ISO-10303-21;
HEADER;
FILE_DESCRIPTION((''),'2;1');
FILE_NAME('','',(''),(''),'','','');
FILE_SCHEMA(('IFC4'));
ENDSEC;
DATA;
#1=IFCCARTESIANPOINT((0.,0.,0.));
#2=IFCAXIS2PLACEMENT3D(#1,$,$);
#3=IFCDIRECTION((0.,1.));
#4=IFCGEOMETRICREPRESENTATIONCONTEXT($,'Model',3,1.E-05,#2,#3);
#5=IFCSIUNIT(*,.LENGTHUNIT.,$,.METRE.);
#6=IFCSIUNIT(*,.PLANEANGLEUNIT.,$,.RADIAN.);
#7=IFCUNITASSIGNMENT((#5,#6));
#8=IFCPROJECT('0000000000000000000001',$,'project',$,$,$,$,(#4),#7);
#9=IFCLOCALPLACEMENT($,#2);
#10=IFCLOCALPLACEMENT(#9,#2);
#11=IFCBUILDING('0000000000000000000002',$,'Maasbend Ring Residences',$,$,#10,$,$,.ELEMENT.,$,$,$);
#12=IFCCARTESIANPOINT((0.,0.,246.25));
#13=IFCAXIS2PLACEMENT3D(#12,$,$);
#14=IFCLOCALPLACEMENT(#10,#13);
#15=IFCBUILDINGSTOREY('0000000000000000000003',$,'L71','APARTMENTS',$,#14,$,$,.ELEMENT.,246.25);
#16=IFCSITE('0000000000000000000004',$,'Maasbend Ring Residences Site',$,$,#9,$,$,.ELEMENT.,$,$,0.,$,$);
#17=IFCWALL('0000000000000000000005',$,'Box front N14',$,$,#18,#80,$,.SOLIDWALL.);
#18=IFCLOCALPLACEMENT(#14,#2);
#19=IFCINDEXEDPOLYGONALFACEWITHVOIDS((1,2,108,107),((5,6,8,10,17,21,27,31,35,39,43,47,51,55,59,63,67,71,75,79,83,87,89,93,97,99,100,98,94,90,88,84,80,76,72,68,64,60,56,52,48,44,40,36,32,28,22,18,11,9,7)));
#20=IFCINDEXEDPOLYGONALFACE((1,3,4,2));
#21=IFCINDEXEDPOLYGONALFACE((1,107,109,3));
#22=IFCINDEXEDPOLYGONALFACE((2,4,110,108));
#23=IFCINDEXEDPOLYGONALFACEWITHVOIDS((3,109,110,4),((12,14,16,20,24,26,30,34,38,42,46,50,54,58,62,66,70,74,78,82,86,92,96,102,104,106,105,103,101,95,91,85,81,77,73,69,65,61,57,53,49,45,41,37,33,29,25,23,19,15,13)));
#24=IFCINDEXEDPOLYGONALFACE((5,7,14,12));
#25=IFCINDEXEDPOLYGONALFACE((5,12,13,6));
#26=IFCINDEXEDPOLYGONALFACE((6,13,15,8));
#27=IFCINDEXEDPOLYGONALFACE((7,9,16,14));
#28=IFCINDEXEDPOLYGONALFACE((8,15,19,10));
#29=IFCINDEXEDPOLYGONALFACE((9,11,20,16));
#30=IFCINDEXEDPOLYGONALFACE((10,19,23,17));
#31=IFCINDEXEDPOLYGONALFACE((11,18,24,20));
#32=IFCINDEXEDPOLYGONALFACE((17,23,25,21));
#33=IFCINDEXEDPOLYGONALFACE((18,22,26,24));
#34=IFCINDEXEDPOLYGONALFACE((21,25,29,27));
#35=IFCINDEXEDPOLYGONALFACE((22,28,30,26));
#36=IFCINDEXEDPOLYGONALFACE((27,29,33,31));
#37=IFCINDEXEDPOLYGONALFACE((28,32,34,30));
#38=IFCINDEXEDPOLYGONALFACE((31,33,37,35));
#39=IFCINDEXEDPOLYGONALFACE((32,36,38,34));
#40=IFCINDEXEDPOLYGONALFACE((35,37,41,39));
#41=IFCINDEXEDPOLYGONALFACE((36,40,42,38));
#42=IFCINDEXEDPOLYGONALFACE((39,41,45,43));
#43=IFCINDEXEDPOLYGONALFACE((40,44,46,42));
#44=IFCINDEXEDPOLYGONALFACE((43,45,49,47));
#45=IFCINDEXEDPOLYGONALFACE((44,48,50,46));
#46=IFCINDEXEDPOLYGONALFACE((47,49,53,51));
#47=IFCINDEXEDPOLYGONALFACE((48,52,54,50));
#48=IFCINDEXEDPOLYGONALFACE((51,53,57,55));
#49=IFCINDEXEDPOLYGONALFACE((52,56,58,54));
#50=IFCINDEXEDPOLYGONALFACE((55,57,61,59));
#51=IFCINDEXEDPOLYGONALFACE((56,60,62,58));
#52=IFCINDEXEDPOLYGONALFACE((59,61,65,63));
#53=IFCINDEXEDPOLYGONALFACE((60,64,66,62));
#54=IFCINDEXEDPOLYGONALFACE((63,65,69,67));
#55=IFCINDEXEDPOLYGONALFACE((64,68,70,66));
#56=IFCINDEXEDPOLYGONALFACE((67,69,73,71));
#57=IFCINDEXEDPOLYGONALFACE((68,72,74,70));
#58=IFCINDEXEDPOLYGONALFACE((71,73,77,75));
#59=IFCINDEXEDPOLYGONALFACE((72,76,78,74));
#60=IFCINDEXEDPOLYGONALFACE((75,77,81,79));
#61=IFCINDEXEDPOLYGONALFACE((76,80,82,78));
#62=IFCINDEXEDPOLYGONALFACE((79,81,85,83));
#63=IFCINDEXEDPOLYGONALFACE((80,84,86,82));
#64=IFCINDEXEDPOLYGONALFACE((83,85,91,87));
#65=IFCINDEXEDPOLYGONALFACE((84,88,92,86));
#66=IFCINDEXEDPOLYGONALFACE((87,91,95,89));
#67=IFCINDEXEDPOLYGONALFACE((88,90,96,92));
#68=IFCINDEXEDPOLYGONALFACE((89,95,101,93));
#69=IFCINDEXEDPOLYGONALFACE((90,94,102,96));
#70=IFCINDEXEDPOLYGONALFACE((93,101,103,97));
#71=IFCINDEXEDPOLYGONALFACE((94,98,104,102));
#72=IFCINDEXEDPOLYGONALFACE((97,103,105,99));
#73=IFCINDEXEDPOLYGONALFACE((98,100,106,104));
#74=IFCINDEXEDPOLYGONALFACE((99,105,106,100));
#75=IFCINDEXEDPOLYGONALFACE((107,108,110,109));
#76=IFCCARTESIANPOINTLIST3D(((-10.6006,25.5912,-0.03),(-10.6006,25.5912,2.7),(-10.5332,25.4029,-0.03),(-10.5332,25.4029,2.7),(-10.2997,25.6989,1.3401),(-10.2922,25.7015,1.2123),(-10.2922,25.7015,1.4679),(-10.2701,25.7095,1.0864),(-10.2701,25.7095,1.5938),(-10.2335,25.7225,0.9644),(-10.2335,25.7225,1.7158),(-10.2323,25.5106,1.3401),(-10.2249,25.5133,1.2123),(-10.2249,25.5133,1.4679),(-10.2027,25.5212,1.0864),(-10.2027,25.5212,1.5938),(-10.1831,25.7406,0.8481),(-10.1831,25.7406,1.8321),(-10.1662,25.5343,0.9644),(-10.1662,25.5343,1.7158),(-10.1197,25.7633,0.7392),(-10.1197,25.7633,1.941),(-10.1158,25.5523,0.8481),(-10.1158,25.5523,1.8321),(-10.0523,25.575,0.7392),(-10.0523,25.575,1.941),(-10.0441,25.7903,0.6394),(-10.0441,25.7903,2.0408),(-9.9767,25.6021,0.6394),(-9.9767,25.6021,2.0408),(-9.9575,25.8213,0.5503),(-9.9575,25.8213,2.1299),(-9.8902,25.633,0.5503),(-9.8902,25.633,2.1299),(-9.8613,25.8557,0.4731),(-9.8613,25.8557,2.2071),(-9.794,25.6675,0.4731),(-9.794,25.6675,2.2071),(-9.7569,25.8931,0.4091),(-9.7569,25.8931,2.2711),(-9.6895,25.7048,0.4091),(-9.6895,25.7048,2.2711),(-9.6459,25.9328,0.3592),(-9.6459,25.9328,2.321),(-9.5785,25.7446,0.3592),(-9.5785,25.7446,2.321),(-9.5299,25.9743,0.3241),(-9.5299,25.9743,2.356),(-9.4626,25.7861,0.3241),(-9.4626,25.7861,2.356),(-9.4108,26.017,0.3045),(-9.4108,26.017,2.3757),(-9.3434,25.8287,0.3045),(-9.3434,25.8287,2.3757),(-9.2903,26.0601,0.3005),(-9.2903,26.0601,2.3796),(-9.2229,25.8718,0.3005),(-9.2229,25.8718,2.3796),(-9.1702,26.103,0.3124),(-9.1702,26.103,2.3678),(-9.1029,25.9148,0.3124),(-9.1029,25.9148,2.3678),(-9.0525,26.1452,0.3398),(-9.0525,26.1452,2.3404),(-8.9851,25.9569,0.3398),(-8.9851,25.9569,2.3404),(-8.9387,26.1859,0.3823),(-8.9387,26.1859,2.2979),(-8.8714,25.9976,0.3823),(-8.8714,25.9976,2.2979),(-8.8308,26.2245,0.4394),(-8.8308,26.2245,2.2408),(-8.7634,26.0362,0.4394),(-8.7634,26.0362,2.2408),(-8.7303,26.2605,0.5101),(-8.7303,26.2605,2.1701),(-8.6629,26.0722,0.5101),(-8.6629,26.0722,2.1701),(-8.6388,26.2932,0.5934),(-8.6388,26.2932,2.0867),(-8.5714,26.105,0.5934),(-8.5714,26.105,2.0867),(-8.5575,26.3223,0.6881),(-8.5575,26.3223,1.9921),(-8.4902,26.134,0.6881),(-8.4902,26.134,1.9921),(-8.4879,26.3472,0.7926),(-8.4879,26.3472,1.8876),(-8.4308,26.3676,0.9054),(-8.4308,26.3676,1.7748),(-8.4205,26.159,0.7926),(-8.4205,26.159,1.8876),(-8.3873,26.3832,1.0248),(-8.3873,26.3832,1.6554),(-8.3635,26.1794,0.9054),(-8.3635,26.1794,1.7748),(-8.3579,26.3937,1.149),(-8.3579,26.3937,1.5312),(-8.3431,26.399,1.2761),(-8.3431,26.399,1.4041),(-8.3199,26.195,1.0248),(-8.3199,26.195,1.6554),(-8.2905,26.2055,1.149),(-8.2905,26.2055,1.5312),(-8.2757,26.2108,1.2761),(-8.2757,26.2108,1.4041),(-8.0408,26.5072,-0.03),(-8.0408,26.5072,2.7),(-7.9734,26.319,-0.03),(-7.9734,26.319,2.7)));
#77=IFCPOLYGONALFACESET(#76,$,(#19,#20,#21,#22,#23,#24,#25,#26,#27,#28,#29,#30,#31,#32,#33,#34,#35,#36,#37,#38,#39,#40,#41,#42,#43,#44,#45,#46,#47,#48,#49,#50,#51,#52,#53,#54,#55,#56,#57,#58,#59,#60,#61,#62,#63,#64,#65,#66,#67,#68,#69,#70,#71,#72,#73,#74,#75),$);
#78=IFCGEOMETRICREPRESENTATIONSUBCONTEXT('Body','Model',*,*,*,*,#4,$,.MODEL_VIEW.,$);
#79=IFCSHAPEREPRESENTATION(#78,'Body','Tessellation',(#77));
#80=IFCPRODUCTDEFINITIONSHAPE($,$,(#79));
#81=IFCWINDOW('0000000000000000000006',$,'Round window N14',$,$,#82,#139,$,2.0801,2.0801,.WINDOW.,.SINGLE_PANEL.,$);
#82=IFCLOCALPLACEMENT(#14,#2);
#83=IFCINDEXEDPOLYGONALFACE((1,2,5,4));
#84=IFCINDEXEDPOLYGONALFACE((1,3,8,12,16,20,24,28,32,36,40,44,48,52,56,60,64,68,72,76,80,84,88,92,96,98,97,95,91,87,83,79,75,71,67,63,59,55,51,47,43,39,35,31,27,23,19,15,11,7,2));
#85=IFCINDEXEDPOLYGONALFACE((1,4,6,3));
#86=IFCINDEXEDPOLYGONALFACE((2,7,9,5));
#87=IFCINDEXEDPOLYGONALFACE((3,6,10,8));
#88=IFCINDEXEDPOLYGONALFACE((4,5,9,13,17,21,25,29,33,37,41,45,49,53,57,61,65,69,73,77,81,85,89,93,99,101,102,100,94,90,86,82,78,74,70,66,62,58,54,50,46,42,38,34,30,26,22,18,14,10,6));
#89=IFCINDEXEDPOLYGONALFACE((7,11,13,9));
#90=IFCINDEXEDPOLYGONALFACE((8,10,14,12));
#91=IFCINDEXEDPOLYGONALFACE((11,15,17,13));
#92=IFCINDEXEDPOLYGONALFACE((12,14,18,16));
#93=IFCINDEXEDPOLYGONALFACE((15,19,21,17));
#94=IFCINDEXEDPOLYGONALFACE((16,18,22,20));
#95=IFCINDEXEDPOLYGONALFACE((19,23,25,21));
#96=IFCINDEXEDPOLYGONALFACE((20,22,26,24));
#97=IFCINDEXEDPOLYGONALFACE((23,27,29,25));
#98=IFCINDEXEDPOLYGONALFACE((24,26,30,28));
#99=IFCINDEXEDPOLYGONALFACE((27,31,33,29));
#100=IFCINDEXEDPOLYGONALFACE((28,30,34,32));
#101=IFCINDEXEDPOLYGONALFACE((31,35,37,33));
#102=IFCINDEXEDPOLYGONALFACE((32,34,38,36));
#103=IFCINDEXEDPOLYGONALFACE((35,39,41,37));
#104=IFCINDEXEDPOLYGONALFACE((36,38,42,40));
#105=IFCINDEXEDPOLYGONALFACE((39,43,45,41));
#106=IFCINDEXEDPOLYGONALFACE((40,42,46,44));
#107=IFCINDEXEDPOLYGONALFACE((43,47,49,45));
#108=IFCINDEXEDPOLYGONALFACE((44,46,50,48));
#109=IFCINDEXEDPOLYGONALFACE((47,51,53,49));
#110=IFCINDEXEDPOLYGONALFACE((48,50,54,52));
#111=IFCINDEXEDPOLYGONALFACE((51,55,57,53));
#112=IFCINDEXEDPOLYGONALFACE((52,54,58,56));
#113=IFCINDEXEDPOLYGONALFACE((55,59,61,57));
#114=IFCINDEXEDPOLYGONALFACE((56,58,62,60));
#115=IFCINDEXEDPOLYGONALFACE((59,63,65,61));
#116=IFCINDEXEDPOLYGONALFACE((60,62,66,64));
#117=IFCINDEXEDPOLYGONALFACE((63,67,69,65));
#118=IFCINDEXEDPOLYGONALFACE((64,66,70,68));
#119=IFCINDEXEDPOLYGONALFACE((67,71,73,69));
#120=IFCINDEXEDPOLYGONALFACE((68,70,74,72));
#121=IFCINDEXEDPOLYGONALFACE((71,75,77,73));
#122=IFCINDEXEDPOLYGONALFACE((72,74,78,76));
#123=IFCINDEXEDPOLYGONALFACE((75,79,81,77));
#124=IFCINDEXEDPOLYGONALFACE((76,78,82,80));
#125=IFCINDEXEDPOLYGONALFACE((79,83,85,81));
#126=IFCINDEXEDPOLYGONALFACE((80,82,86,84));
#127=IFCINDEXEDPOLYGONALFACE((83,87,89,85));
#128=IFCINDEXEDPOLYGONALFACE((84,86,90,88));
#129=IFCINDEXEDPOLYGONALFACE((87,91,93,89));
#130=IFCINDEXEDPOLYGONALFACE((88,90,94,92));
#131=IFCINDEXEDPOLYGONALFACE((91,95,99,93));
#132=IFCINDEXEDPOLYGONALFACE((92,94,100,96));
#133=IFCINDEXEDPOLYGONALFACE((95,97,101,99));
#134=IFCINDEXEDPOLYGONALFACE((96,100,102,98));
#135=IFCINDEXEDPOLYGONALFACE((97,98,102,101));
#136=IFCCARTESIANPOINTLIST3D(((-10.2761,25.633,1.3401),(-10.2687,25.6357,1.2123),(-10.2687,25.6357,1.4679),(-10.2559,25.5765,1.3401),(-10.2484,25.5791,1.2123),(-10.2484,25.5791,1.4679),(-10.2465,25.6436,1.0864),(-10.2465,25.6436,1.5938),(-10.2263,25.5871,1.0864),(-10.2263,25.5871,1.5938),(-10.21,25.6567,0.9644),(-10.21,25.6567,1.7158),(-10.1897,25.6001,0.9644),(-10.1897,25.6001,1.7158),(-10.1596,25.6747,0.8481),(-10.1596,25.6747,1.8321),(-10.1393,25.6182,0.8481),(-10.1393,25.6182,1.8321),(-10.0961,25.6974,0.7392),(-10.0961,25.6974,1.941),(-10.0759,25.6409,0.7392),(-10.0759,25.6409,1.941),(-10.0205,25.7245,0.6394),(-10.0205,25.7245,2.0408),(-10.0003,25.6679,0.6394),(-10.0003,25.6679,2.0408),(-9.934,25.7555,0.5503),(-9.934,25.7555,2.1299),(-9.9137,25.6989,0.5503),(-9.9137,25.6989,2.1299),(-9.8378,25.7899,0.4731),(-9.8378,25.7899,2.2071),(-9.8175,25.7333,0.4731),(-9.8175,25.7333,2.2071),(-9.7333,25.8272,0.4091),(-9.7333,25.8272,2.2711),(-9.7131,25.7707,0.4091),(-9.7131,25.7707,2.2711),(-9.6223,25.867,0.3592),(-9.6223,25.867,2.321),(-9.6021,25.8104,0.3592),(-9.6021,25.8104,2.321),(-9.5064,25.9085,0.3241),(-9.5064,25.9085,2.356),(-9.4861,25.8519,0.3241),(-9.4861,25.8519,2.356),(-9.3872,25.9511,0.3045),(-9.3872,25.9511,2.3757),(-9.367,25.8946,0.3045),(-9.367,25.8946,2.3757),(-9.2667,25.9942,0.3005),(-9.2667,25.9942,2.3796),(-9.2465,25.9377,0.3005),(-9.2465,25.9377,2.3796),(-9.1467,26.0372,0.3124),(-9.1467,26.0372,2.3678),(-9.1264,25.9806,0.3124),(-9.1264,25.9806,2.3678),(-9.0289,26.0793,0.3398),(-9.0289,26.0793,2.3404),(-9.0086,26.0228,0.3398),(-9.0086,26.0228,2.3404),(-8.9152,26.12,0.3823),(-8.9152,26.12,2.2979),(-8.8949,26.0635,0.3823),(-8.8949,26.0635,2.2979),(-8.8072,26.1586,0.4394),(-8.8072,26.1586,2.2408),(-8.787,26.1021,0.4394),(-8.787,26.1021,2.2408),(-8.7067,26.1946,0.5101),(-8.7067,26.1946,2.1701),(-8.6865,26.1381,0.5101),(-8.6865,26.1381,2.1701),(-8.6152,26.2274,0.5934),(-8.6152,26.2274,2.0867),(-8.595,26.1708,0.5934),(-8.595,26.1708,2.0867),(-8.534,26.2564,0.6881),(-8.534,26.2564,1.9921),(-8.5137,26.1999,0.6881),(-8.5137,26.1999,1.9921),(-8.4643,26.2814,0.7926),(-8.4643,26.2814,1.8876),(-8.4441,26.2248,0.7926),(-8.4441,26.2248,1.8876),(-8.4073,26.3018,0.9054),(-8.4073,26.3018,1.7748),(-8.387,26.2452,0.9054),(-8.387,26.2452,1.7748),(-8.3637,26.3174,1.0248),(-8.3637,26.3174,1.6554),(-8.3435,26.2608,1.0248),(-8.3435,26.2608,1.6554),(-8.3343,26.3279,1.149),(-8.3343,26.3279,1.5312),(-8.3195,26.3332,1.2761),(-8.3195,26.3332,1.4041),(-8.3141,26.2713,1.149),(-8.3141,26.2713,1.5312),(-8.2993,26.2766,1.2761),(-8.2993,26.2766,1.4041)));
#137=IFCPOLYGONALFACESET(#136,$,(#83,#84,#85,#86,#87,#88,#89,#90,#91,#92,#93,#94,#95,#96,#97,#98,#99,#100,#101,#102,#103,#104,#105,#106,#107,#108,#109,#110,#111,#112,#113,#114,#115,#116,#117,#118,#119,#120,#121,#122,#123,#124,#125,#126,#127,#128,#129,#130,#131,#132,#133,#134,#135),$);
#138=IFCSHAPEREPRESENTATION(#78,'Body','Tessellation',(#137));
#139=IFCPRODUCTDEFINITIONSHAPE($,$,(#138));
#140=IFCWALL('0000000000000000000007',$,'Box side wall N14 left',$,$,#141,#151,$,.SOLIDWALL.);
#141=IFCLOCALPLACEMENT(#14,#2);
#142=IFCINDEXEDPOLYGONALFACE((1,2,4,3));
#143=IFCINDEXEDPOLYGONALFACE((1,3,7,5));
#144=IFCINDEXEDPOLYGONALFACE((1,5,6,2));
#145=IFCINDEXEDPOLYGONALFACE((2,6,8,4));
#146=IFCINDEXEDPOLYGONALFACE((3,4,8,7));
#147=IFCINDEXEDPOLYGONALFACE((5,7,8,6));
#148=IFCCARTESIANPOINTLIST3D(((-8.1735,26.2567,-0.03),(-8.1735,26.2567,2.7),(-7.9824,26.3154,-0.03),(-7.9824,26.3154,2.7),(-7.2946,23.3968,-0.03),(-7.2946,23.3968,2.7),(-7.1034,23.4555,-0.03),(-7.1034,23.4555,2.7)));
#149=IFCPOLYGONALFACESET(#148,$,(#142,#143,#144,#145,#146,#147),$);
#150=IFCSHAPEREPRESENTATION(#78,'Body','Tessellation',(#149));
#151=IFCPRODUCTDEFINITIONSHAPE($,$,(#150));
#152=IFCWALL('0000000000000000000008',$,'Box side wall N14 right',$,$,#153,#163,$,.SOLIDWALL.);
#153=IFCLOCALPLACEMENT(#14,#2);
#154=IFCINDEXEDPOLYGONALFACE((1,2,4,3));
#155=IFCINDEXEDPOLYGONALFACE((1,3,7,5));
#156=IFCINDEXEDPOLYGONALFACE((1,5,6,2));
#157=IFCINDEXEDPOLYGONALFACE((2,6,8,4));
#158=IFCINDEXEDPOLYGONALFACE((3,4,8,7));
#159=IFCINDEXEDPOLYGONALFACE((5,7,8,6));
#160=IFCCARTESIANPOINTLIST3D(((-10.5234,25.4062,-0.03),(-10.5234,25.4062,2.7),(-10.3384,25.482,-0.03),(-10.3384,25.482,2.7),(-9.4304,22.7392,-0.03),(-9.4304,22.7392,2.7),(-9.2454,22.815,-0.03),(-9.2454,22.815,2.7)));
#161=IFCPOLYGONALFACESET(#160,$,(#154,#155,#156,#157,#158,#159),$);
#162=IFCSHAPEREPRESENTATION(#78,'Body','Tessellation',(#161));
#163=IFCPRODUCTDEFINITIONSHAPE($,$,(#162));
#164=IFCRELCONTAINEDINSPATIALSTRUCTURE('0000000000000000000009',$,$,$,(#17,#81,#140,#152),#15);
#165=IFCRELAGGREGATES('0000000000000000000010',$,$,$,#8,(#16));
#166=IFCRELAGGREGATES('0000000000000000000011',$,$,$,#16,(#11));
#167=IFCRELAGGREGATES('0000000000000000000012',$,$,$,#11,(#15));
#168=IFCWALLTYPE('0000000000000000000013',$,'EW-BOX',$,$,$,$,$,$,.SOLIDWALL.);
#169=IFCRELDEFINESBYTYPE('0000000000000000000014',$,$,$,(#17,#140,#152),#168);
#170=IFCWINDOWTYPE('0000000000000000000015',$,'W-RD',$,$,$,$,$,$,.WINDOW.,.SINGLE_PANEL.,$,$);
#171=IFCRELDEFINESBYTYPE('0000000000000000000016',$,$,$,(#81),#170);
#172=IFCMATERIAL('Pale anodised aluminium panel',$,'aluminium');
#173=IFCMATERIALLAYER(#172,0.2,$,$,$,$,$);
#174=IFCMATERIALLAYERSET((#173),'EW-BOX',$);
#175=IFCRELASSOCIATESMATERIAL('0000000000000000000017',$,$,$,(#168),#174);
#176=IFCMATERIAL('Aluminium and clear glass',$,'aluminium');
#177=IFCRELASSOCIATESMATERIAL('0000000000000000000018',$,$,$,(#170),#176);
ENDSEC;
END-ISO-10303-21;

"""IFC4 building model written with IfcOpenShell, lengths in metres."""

from ifc_helpers import new_model, si_unit, direction, frame, frame_2d, origin, place, context, subcontext, project, spatial, rectangle, circle, extrude, material, layer, layer_set, type_object, element, fill, save


model = new_model("IFC4")

# Units and contexts
model_context = context("Model", 3, precision=1e-05, world=origin(), true_north=direction((0.0, 1.0)))
body_context = subcontext(model_context, "Body", "Model", "MODEL_VIEW")
ifc_project = project(units=[si_unit("LENGTHUNIT", "METRE"), si_unit("PLANEANGLEUNIT", "RADIAN")], contexts=[model_context])

# Site, building, storey
site_placement = place(None, origin())
site = spatial("IfcSite", under=ifc_project, at=site_placement, Name="Maasbend Ring Residences Site", CompositionType="ELEMENT", RefElevation=0.0)
building_placement = place(site_placement, origin())
building = spatial("IfcBuilding", under=site, at=building_placement, Name="Maasbend Ring Residences", CompositionType="ELEMENT")
storey_placement = place(building_placement, frame((0.0, 0.0, 246.25)))
storey = spatial("IfcBuildingStorey", under=building, at=storey_placement, Name="L71", Description="APARTMENTS", CompositionType="ELEMENT", Elevation=246.25)

# Shared definitions
ifc_material_1 = material(Name="Pale anodised aluminium panel", Category="aluminium")
ifc_layer_1 = layer(ifc_material_1, 0.2)
ifc_layer_set_1 = layer_set([ifc_layer_1], Name="EW-BOX")
wall_type_1 = type_object("IfcWallType", Name="EW-BOX", PredefinedType="SOLIDWALL", material=ifc_layer_set_1)
ifc_material_2 = material(Name="Aluminium and clear glass", Category="aluminium")
window_type_1 = type_object("IfcWindowType", Name="W-RD", PartitioningType="SINGLE_PANEL", PredefinedType="WINDOW", material=ifc_material_2)

# Wall, opening, window
wall_1_placement = place(storey_placement, frame((-8.0071, 26.4131, -0.03), z_axis=(0.0, 0.0, 1.0), x_axis=(-0.941532, -0.336922, 0.0)))
wall_1 = element("IfcWall", 1, at=wall_1_placement, inside=storey, type_object=wall_type_1, Name="Box front N14", PredefinedType="SOLIDWALL", context=body_context, shape_type="SweptSolid", body=[
    extrude(rectangle(XDim=2.7188, YDim=0.2, at=frame_2d((1.3594, 0.0))), origin(), (0.0, 0.0, 1.0), 2.73),
])
opening_1_placement = place(wall_1_placement, frame((0.3191, 0.0, 0.3301)))
opening_1 = element("IfcOpeningElement", 2, at=opening_1_placement, cuts=wall_1, PredefinedType="OPENING", context=body_context, shape_type="SweptSolid", body=[
    extrude(circle(Radius=1.04, at=frame_2d((1.04, 1.04))), frame((0.0, 0.1099, 0.0), z_axis=(0.0, -1.0, 0.0), x_axis=(1.0, 0.0, 0.0)), (0.0, 0.0, 1.0), 0.22),
])
window_1_placement = place(opening_1_placement, origin())
window_1 = element("IfcWindow", 3, at=window_1_placement, inside=storey, type_object=window_type_1, Name="Round window N14", OverallHeight=2.0801, OverallWidth=2.0801, PartitioningType="SINGLE_PANEL", PredefinedType="WINDOW", context=body_context, shape_type="SweptSolid", body=[
    extrude(circle(Radius=1.04, at=frame_2d((1.04, 1.04))), frame((0.0, 0.03, 0.0), z_axis=(0.0, -1.0, 0.0), x_axis=(1.0, 0.0, 0.0)), (0.0, 0.0, 1.0), 0.0601),
])
fill(opening_1, window_1)

# Walls
wall_2_placement = place(storey_placement, frame((-7.199, 23.426, -0.03), z_axis=(0.0, 0.0, 1.0), x_axis=(-0.293765, 0.955878, 0.0)))
element("IfcWall", 4, at=wall_2_placement, inside=storey, type_object=wall_type_1, Name="Box side wall N14 left", PredefinedType="SOLIDWALL", context=body_context, shape_type="SweptSolid", body=[
    extrude(rectangle(XDim=2.9919, YDim=0.2, at=frame_2d((1.4961, 0.0))), origin(), (0.0, 0.0, 1.0), 2.73),
])
wall_3_placement = place(storey_placement, frame((-9.3379, 22.7771, -0.03), z_axis=(0.0, 0.0, 1.0), x_axis=(-0.37922, 0.925307, 0.0)))
element("IfcWall", 5, at=wall_3_placement, inside=storey, type_object=wall_type_1, Name="Box side wall N14 right", PredefinedType="SOLIDWALL", context=body_context, shape_type="SweptSolid", body=[
    extrude(rectangle(XDim=2.8823, YDim=0.2, at=frame_2d((1.4412, 0.0))), origin(), (0.0, 0.0, 1.0), 2.73),
])

save(model, "model.ifc")
